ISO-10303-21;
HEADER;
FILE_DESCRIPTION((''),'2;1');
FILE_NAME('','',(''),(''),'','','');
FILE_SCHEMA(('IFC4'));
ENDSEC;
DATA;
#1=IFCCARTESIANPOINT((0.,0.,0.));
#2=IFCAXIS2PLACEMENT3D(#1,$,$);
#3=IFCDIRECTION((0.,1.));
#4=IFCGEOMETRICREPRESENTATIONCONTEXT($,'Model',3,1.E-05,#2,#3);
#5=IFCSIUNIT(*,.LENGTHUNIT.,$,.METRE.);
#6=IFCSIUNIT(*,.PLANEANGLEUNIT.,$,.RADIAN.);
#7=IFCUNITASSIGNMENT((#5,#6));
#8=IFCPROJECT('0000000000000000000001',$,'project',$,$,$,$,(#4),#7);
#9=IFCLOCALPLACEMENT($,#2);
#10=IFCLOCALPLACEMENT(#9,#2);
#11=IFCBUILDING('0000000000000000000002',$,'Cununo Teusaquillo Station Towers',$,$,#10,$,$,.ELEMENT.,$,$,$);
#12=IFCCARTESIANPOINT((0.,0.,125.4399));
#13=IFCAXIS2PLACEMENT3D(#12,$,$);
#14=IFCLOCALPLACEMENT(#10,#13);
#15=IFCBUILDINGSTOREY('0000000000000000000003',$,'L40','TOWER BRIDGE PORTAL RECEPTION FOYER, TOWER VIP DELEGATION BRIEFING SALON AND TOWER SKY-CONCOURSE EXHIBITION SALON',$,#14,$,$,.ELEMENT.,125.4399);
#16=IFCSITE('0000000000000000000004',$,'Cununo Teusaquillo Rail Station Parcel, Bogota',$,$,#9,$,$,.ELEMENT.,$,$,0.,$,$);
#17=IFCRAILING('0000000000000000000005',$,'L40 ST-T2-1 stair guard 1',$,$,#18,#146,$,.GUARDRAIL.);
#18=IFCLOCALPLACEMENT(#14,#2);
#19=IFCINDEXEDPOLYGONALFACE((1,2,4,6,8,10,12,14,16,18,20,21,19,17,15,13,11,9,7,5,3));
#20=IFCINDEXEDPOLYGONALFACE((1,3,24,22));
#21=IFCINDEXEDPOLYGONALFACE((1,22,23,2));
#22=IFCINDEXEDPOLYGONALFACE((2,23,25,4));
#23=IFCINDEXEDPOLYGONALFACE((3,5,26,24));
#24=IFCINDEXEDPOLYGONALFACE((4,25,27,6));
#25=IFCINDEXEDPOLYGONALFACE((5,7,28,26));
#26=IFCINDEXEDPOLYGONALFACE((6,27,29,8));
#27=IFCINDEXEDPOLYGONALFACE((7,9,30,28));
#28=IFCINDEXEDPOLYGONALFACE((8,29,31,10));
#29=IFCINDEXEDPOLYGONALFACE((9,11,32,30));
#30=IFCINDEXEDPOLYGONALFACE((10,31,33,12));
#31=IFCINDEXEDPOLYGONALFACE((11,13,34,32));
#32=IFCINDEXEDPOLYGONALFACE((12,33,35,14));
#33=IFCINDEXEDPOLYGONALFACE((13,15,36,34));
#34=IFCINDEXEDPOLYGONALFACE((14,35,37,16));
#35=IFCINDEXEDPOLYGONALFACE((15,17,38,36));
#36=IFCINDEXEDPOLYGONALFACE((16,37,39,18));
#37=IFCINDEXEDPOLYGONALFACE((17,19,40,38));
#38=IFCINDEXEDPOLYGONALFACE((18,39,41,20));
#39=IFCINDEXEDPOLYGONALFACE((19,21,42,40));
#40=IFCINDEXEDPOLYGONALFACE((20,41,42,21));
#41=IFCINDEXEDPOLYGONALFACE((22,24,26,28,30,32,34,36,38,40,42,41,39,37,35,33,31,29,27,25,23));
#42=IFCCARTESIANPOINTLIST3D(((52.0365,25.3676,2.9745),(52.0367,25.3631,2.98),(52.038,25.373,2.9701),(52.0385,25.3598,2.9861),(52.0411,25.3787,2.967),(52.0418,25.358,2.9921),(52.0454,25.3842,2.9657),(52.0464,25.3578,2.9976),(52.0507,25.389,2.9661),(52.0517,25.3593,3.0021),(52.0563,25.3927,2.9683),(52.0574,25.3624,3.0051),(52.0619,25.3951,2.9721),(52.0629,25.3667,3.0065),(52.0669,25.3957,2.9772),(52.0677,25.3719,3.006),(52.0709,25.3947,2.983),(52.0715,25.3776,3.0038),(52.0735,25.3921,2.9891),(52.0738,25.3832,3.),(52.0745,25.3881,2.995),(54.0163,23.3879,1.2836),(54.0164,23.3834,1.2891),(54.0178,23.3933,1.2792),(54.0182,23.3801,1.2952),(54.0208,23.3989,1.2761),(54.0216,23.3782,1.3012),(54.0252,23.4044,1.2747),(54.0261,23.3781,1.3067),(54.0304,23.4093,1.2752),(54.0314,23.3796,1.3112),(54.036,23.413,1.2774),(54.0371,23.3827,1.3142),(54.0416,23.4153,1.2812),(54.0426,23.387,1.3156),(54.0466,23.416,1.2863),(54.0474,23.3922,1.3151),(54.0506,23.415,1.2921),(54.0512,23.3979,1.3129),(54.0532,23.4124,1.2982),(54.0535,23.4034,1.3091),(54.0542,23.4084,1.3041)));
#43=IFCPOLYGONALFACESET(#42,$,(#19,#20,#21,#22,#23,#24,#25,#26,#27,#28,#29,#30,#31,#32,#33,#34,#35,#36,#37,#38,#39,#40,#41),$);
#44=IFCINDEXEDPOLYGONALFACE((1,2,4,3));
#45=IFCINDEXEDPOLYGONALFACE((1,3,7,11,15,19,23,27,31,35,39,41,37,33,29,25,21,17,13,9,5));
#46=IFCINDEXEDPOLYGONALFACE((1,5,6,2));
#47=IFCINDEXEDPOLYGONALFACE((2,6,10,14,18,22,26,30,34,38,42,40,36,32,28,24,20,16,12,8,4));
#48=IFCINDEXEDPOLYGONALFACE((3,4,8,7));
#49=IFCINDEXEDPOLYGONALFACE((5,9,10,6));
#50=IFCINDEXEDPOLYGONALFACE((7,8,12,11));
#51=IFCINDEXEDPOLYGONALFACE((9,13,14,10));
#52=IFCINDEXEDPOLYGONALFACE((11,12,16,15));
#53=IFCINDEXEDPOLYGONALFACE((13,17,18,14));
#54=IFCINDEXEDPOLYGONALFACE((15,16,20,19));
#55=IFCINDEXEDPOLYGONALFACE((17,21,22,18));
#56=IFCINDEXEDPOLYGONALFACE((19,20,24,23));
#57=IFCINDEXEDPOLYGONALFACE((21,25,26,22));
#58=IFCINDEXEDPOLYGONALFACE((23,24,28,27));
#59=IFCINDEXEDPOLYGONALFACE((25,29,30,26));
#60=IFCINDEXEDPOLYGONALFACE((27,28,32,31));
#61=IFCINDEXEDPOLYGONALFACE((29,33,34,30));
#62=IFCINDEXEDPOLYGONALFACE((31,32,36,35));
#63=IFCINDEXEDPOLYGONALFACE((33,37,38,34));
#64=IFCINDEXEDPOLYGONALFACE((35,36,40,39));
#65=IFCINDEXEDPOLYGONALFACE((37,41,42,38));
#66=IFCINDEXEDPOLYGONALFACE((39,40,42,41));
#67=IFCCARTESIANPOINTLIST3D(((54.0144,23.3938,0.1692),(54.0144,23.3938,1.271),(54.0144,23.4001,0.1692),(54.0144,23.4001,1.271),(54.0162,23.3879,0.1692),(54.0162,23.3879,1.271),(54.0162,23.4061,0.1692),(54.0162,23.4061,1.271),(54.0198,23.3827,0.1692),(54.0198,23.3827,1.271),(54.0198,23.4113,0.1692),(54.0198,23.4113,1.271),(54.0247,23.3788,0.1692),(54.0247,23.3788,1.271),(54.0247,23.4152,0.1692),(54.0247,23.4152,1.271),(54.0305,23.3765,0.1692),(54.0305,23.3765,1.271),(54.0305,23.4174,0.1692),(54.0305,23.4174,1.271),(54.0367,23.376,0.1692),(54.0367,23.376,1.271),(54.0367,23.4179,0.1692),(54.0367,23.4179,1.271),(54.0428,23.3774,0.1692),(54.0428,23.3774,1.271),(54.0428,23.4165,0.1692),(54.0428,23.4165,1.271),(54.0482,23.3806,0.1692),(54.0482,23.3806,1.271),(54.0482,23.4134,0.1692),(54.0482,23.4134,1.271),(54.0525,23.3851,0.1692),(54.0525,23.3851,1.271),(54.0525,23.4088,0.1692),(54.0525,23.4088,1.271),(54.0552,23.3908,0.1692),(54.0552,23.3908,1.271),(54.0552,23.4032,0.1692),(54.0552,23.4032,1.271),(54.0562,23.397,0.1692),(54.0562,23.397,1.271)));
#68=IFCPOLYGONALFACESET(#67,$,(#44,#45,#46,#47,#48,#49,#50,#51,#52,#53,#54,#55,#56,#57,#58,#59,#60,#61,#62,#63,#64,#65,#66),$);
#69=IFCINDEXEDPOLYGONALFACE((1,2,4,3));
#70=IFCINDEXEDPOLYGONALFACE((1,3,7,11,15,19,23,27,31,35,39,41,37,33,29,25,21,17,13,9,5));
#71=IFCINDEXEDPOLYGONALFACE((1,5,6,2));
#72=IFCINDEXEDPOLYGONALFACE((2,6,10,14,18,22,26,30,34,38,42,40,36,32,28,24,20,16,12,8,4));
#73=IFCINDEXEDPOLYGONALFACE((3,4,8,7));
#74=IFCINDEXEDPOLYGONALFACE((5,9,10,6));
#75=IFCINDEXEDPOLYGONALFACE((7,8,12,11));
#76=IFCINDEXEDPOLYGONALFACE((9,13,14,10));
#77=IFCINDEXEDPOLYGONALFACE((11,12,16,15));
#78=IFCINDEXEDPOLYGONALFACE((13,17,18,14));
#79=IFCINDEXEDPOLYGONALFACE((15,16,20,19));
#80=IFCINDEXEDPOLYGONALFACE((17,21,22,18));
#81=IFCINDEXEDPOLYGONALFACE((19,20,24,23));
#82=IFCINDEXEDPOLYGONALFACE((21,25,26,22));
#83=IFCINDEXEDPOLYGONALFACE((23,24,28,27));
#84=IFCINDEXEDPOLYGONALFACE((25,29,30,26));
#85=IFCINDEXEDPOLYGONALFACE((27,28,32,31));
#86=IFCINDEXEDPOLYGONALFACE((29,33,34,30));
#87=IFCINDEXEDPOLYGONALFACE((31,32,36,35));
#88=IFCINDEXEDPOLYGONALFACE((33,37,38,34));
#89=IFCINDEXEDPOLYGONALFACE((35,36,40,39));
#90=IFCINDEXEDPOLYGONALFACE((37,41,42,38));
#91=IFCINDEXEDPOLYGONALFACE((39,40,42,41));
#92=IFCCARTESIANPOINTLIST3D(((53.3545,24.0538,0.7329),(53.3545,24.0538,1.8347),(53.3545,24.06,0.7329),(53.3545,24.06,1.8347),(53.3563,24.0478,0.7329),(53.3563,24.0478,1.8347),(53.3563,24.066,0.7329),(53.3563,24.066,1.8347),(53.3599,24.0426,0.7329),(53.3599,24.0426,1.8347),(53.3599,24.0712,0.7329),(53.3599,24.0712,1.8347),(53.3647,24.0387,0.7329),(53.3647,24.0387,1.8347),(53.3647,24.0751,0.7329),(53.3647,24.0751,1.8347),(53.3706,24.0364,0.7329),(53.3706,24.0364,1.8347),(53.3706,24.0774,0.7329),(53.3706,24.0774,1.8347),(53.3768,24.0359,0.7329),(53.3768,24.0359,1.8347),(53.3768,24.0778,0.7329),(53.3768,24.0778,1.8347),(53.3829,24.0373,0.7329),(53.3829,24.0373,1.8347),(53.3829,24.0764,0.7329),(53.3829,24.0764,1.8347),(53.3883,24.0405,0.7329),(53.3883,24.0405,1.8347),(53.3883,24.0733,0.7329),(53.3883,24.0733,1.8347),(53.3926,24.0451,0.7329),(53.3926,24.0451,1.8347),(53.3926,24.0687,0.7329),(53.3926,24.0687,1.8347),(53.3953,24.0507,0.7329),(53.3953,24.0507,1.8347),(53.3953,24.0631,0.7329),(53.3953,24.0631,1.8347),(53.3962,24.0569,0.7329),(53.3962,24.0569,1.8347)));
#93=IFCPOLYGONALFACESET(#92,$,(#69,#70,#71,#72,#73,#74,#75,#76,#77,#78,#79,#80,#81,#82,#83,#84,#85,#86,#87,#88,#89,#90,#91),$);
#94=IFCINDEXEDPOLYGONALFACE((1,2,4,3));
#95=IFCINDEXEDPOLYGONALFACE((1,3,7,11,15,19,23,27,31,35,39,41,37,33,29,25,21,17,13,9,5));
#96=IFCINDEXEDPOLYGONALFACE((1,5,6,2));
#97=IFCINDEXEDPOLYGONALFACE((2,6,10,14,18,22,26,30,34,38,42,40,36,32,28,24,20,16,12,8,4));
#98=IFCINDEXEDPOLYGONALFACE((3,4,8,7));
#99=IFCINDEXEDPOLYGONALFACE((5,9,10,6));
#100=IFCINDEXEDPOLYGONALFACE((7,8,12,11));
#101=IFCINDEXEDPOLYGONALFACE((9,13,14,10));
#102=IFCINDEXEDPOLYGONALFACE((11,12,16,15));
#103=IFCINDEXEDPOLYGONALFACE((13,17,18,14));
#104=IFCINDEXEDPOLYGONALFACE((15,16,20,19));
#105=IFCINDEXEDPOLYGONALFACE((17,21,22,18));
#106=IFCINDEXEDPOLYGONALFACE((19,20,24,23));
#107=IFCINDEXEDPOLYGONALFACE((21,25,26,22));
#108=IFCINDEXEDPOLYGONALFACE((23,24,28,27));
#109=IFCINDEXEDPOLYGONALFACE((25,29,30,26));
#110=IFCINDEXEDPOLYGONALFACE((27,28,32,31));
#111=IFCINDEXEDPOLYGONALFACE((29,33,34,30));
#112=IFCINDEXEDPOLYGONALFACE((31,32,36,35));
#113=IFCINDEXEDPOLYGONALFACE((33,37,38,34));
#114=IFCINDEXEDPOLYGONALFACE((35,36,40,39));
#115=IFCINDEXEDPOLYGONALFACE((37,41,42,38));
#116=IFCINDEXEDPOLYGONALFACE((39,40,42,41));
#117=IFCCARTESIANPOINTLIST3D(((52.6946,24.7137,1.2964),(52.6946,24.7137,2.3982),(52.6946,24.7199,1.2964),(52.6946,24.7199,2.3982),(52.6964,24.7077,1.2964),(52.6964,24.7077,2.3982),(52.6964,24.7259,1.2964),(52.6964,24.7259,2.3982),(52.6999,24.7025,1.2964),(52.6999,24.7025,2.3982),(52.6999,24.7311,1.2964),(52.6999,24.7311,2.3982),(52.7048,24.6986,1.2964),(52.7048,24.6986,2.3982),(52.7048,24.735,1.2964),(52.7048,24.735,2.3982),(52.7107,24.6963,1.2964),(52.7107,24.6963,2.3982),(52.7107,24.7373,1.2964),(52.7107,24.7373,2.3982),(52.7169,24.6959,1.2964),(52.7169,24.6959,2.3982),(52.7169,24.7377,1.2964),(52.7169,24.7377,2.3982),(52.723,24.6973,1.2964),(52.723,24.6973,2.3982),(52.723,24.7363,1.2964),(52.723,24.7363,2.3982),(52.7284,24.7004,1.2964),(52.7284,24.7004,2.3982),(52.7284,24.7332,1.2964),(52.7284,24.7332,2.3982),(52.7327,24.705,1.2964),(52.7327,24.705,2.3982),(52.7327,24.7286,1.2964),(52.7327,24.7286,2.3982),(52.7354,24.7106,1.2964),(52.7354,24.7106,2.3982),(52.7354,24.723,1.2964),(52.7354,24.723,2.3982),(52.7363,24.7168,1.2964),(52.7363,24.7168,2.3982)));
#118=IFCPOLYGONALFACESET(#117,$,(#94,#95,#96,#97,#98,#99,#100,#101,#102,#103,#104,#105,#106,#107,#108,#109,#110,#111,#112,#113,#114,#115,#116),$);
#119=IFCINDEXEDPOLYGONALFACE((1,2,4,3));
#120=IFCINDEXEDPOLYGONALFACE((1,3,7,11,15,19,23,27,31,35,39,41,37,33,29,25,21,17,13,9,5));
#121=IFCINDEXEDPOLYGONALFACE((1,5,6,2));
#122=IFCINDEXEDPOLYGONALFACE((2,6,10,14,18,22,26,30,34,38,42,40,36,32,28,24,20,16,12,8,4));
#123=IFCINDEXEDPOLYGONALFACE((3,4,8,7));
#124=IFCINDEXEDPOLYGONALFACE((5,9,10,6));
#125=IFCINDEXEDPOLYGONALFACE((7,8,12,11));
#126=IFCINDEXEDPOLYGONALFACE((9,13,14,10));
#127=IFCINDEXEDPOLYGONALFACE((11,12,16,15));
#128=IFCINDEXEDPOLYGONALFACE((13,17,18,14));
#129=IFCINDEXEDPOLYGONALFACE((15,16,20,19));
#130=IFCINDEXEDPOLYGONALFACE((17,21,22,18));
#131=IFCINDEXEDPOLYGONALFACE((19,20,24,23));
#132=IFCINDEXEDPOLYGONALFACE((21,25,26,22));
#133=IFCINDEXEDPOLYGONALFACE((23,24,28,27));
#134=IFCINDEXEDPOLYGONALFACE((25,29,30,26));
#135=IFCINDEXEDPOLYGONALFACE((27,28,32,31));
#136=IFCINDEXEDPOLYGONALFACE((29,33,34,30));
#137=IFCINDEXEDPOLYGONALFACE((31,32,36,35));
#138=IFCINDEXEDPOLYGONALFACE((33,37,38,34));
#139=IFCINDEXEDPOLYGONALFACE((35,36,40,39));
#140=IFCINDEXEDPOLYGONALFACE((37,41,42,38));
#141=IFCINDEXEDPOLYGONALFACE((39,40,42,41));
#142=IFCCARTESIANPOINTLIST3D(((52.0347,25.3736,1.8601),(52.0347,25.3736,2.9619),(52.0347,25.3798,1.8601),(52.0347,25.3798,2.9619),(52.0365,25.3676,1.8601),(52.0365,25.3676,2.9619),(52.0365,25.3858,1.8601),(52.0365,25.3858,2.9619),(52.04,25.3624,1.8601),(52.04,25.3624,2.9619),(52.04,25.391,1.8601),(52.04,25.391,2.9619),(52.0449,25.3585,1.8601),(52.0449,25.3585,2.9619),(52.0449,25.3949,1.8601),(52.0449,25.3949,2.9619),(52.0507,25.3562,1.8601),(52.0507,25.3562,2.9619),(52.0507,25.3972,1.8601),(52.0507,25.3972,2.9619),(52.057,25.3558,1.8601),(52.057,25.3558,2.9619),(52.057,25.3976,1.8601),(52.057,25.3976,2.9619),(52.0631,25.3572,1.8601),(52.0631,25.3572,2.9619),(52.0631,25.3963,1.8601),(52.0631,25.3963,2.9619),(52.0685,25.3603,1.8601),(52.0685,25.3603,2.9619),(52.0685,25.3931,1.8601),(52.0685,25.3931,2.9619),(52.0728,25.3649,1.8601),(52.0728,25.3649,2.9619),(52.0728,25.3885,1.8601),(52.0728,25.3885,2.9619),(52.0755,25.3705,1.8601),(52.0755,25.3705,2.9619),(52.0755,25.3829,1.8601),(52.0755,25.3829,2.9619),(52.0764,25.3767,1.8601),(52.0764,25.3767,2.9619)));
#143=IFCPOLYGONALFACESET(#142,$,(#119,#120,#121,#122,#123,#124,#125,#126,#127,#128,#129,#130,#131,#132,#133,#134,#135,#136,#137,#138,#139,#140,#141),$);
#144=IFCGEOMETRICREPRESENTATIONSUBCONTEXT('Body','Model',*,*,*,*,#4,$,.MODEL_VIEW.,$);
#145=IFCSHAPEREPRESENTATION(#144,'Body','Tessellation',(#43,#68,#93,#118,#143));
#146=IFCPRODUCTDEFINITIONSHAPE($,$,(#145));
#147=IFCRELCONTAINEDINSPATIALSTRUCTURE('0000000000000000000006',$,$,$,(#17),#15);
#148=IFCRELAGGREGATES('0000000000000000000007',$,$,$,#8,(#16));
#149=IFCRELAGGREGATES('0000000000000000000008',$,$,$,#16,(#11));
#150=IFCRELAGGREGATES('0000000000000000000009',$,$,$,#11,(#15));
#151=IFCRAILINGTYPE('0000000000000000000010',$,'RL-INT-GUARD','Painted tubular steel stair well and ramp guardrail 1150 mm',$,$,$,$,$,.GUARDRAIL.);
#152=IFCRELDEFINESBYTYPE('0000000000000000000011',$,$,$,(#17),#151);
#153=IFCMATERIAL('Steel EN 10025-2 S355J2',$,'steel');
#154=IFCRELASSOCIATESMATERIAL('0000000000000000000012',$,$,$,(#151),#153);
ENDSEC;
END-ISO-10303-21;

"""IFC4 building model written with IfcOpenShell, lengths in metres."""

from ifc_helpers import new_model, si_unit, direction, frame, origin, origin_2d, place, context, subcontext, project, spatial, circle, extrude, material, type_object, element, save


model = new_model("IFC4")

# Units and contexts
model_context = context("Model", 3, precision=1e-05, world=origin(), true_north=direction((0.0, 1.0)))
body_context = subcontext(model_context, "Body", "Model", "MODEL_VIEW")
ifc_project = project(units=[si_unit("LENGTHUNIT", "METRE"), si_unit("PLANEANGLEUNIT", "RADIAN")], contexts=[model_context])

# Site, building, storey
site_placement = place(None, origin())
site = spatial("IfcSite", under=ifc_project, at=site_placement, Name="Cununo Teusaquillo Rail Station Parcel, Bogota", CompositionType="ELEMENT", RefElevation=0.0)
building_placement = place(site_placement, origin())
building = spatial("IfcBuilding", under=site, at=building_placement, Name="Cununo Teusaquillo Station Towers", CompositionType="ELEMENT")
storey_placement = place(building_placement, frame((0.0, 0.0, 125.4399)))
storey = spatial("IfcBuildingStorey", under=building, at=storey_placement, Name="L40", Description="TOWER BRIDGE PORTAL RECEPTION FOYER, TOWER VIP DELEGATION BRIEFING SALON AND TOWER SKY-CONCOURSE EXHIBITION SALON", CompositionType="ELEMENT", Elevation=125.4399)

# Railing
ifc_material_1 = material(Name="Steel EN 10025-2 S355J2", Category="steel")
railing_type_1 = type_object("IfcRailingType", Name="RL-INT-GUARD", Description="Painted tubular steel stair well and ramp guardrail 1150 mm", PredefinedType="GUARDRAIL", material=ifc_material_1)
railing_1_placement = place(storey_placement, frame((54.0352, 23.397, 0.1692)))
element("IfcRailing", 1, at=railing_1_placement, inside=storey, type_object=railing_type_1, Name="L40 ST-T2-1 stair guard 1", PredefinedType="GUARDRAIL", context=body_context, shape_type="SweptSolid", body=[
    extrude(circle(Radius=0.0239, at=origin_2d()), frame((0.0, 0.0, 1.126), z_axis=(-0.605282, 0.605282, 0.516979), x_axis=(-0.707107, -0.707107, 0.0)), (0.0, 0.0, 1.0), 3.2708),
    extrude(circle(Radius=0.021, at=origin_2d()), origin(), (0.0, 0.0, 1.0), 1.1018),
    extrude(circle(Radius=0.021, at=origin_2d()), frame((-0.6599, 0.6599, 0.5637)), (0.0, 0.0, 1.0), 1.1018),
    extrude(circle(Radius=0.021, at=origin_2d()), frame((-1.3198, 1.3198, 1.1272)), (0.0, 0.0, 1.0), 1.1018),
    extrude(circle(Radius=0.021, at=origin_2d()), frame((-1.9797, 1.9797, 1.6909)), (0.0, 0.0, 1.0), 1.1018),
])

save(model, "model.ifc")
